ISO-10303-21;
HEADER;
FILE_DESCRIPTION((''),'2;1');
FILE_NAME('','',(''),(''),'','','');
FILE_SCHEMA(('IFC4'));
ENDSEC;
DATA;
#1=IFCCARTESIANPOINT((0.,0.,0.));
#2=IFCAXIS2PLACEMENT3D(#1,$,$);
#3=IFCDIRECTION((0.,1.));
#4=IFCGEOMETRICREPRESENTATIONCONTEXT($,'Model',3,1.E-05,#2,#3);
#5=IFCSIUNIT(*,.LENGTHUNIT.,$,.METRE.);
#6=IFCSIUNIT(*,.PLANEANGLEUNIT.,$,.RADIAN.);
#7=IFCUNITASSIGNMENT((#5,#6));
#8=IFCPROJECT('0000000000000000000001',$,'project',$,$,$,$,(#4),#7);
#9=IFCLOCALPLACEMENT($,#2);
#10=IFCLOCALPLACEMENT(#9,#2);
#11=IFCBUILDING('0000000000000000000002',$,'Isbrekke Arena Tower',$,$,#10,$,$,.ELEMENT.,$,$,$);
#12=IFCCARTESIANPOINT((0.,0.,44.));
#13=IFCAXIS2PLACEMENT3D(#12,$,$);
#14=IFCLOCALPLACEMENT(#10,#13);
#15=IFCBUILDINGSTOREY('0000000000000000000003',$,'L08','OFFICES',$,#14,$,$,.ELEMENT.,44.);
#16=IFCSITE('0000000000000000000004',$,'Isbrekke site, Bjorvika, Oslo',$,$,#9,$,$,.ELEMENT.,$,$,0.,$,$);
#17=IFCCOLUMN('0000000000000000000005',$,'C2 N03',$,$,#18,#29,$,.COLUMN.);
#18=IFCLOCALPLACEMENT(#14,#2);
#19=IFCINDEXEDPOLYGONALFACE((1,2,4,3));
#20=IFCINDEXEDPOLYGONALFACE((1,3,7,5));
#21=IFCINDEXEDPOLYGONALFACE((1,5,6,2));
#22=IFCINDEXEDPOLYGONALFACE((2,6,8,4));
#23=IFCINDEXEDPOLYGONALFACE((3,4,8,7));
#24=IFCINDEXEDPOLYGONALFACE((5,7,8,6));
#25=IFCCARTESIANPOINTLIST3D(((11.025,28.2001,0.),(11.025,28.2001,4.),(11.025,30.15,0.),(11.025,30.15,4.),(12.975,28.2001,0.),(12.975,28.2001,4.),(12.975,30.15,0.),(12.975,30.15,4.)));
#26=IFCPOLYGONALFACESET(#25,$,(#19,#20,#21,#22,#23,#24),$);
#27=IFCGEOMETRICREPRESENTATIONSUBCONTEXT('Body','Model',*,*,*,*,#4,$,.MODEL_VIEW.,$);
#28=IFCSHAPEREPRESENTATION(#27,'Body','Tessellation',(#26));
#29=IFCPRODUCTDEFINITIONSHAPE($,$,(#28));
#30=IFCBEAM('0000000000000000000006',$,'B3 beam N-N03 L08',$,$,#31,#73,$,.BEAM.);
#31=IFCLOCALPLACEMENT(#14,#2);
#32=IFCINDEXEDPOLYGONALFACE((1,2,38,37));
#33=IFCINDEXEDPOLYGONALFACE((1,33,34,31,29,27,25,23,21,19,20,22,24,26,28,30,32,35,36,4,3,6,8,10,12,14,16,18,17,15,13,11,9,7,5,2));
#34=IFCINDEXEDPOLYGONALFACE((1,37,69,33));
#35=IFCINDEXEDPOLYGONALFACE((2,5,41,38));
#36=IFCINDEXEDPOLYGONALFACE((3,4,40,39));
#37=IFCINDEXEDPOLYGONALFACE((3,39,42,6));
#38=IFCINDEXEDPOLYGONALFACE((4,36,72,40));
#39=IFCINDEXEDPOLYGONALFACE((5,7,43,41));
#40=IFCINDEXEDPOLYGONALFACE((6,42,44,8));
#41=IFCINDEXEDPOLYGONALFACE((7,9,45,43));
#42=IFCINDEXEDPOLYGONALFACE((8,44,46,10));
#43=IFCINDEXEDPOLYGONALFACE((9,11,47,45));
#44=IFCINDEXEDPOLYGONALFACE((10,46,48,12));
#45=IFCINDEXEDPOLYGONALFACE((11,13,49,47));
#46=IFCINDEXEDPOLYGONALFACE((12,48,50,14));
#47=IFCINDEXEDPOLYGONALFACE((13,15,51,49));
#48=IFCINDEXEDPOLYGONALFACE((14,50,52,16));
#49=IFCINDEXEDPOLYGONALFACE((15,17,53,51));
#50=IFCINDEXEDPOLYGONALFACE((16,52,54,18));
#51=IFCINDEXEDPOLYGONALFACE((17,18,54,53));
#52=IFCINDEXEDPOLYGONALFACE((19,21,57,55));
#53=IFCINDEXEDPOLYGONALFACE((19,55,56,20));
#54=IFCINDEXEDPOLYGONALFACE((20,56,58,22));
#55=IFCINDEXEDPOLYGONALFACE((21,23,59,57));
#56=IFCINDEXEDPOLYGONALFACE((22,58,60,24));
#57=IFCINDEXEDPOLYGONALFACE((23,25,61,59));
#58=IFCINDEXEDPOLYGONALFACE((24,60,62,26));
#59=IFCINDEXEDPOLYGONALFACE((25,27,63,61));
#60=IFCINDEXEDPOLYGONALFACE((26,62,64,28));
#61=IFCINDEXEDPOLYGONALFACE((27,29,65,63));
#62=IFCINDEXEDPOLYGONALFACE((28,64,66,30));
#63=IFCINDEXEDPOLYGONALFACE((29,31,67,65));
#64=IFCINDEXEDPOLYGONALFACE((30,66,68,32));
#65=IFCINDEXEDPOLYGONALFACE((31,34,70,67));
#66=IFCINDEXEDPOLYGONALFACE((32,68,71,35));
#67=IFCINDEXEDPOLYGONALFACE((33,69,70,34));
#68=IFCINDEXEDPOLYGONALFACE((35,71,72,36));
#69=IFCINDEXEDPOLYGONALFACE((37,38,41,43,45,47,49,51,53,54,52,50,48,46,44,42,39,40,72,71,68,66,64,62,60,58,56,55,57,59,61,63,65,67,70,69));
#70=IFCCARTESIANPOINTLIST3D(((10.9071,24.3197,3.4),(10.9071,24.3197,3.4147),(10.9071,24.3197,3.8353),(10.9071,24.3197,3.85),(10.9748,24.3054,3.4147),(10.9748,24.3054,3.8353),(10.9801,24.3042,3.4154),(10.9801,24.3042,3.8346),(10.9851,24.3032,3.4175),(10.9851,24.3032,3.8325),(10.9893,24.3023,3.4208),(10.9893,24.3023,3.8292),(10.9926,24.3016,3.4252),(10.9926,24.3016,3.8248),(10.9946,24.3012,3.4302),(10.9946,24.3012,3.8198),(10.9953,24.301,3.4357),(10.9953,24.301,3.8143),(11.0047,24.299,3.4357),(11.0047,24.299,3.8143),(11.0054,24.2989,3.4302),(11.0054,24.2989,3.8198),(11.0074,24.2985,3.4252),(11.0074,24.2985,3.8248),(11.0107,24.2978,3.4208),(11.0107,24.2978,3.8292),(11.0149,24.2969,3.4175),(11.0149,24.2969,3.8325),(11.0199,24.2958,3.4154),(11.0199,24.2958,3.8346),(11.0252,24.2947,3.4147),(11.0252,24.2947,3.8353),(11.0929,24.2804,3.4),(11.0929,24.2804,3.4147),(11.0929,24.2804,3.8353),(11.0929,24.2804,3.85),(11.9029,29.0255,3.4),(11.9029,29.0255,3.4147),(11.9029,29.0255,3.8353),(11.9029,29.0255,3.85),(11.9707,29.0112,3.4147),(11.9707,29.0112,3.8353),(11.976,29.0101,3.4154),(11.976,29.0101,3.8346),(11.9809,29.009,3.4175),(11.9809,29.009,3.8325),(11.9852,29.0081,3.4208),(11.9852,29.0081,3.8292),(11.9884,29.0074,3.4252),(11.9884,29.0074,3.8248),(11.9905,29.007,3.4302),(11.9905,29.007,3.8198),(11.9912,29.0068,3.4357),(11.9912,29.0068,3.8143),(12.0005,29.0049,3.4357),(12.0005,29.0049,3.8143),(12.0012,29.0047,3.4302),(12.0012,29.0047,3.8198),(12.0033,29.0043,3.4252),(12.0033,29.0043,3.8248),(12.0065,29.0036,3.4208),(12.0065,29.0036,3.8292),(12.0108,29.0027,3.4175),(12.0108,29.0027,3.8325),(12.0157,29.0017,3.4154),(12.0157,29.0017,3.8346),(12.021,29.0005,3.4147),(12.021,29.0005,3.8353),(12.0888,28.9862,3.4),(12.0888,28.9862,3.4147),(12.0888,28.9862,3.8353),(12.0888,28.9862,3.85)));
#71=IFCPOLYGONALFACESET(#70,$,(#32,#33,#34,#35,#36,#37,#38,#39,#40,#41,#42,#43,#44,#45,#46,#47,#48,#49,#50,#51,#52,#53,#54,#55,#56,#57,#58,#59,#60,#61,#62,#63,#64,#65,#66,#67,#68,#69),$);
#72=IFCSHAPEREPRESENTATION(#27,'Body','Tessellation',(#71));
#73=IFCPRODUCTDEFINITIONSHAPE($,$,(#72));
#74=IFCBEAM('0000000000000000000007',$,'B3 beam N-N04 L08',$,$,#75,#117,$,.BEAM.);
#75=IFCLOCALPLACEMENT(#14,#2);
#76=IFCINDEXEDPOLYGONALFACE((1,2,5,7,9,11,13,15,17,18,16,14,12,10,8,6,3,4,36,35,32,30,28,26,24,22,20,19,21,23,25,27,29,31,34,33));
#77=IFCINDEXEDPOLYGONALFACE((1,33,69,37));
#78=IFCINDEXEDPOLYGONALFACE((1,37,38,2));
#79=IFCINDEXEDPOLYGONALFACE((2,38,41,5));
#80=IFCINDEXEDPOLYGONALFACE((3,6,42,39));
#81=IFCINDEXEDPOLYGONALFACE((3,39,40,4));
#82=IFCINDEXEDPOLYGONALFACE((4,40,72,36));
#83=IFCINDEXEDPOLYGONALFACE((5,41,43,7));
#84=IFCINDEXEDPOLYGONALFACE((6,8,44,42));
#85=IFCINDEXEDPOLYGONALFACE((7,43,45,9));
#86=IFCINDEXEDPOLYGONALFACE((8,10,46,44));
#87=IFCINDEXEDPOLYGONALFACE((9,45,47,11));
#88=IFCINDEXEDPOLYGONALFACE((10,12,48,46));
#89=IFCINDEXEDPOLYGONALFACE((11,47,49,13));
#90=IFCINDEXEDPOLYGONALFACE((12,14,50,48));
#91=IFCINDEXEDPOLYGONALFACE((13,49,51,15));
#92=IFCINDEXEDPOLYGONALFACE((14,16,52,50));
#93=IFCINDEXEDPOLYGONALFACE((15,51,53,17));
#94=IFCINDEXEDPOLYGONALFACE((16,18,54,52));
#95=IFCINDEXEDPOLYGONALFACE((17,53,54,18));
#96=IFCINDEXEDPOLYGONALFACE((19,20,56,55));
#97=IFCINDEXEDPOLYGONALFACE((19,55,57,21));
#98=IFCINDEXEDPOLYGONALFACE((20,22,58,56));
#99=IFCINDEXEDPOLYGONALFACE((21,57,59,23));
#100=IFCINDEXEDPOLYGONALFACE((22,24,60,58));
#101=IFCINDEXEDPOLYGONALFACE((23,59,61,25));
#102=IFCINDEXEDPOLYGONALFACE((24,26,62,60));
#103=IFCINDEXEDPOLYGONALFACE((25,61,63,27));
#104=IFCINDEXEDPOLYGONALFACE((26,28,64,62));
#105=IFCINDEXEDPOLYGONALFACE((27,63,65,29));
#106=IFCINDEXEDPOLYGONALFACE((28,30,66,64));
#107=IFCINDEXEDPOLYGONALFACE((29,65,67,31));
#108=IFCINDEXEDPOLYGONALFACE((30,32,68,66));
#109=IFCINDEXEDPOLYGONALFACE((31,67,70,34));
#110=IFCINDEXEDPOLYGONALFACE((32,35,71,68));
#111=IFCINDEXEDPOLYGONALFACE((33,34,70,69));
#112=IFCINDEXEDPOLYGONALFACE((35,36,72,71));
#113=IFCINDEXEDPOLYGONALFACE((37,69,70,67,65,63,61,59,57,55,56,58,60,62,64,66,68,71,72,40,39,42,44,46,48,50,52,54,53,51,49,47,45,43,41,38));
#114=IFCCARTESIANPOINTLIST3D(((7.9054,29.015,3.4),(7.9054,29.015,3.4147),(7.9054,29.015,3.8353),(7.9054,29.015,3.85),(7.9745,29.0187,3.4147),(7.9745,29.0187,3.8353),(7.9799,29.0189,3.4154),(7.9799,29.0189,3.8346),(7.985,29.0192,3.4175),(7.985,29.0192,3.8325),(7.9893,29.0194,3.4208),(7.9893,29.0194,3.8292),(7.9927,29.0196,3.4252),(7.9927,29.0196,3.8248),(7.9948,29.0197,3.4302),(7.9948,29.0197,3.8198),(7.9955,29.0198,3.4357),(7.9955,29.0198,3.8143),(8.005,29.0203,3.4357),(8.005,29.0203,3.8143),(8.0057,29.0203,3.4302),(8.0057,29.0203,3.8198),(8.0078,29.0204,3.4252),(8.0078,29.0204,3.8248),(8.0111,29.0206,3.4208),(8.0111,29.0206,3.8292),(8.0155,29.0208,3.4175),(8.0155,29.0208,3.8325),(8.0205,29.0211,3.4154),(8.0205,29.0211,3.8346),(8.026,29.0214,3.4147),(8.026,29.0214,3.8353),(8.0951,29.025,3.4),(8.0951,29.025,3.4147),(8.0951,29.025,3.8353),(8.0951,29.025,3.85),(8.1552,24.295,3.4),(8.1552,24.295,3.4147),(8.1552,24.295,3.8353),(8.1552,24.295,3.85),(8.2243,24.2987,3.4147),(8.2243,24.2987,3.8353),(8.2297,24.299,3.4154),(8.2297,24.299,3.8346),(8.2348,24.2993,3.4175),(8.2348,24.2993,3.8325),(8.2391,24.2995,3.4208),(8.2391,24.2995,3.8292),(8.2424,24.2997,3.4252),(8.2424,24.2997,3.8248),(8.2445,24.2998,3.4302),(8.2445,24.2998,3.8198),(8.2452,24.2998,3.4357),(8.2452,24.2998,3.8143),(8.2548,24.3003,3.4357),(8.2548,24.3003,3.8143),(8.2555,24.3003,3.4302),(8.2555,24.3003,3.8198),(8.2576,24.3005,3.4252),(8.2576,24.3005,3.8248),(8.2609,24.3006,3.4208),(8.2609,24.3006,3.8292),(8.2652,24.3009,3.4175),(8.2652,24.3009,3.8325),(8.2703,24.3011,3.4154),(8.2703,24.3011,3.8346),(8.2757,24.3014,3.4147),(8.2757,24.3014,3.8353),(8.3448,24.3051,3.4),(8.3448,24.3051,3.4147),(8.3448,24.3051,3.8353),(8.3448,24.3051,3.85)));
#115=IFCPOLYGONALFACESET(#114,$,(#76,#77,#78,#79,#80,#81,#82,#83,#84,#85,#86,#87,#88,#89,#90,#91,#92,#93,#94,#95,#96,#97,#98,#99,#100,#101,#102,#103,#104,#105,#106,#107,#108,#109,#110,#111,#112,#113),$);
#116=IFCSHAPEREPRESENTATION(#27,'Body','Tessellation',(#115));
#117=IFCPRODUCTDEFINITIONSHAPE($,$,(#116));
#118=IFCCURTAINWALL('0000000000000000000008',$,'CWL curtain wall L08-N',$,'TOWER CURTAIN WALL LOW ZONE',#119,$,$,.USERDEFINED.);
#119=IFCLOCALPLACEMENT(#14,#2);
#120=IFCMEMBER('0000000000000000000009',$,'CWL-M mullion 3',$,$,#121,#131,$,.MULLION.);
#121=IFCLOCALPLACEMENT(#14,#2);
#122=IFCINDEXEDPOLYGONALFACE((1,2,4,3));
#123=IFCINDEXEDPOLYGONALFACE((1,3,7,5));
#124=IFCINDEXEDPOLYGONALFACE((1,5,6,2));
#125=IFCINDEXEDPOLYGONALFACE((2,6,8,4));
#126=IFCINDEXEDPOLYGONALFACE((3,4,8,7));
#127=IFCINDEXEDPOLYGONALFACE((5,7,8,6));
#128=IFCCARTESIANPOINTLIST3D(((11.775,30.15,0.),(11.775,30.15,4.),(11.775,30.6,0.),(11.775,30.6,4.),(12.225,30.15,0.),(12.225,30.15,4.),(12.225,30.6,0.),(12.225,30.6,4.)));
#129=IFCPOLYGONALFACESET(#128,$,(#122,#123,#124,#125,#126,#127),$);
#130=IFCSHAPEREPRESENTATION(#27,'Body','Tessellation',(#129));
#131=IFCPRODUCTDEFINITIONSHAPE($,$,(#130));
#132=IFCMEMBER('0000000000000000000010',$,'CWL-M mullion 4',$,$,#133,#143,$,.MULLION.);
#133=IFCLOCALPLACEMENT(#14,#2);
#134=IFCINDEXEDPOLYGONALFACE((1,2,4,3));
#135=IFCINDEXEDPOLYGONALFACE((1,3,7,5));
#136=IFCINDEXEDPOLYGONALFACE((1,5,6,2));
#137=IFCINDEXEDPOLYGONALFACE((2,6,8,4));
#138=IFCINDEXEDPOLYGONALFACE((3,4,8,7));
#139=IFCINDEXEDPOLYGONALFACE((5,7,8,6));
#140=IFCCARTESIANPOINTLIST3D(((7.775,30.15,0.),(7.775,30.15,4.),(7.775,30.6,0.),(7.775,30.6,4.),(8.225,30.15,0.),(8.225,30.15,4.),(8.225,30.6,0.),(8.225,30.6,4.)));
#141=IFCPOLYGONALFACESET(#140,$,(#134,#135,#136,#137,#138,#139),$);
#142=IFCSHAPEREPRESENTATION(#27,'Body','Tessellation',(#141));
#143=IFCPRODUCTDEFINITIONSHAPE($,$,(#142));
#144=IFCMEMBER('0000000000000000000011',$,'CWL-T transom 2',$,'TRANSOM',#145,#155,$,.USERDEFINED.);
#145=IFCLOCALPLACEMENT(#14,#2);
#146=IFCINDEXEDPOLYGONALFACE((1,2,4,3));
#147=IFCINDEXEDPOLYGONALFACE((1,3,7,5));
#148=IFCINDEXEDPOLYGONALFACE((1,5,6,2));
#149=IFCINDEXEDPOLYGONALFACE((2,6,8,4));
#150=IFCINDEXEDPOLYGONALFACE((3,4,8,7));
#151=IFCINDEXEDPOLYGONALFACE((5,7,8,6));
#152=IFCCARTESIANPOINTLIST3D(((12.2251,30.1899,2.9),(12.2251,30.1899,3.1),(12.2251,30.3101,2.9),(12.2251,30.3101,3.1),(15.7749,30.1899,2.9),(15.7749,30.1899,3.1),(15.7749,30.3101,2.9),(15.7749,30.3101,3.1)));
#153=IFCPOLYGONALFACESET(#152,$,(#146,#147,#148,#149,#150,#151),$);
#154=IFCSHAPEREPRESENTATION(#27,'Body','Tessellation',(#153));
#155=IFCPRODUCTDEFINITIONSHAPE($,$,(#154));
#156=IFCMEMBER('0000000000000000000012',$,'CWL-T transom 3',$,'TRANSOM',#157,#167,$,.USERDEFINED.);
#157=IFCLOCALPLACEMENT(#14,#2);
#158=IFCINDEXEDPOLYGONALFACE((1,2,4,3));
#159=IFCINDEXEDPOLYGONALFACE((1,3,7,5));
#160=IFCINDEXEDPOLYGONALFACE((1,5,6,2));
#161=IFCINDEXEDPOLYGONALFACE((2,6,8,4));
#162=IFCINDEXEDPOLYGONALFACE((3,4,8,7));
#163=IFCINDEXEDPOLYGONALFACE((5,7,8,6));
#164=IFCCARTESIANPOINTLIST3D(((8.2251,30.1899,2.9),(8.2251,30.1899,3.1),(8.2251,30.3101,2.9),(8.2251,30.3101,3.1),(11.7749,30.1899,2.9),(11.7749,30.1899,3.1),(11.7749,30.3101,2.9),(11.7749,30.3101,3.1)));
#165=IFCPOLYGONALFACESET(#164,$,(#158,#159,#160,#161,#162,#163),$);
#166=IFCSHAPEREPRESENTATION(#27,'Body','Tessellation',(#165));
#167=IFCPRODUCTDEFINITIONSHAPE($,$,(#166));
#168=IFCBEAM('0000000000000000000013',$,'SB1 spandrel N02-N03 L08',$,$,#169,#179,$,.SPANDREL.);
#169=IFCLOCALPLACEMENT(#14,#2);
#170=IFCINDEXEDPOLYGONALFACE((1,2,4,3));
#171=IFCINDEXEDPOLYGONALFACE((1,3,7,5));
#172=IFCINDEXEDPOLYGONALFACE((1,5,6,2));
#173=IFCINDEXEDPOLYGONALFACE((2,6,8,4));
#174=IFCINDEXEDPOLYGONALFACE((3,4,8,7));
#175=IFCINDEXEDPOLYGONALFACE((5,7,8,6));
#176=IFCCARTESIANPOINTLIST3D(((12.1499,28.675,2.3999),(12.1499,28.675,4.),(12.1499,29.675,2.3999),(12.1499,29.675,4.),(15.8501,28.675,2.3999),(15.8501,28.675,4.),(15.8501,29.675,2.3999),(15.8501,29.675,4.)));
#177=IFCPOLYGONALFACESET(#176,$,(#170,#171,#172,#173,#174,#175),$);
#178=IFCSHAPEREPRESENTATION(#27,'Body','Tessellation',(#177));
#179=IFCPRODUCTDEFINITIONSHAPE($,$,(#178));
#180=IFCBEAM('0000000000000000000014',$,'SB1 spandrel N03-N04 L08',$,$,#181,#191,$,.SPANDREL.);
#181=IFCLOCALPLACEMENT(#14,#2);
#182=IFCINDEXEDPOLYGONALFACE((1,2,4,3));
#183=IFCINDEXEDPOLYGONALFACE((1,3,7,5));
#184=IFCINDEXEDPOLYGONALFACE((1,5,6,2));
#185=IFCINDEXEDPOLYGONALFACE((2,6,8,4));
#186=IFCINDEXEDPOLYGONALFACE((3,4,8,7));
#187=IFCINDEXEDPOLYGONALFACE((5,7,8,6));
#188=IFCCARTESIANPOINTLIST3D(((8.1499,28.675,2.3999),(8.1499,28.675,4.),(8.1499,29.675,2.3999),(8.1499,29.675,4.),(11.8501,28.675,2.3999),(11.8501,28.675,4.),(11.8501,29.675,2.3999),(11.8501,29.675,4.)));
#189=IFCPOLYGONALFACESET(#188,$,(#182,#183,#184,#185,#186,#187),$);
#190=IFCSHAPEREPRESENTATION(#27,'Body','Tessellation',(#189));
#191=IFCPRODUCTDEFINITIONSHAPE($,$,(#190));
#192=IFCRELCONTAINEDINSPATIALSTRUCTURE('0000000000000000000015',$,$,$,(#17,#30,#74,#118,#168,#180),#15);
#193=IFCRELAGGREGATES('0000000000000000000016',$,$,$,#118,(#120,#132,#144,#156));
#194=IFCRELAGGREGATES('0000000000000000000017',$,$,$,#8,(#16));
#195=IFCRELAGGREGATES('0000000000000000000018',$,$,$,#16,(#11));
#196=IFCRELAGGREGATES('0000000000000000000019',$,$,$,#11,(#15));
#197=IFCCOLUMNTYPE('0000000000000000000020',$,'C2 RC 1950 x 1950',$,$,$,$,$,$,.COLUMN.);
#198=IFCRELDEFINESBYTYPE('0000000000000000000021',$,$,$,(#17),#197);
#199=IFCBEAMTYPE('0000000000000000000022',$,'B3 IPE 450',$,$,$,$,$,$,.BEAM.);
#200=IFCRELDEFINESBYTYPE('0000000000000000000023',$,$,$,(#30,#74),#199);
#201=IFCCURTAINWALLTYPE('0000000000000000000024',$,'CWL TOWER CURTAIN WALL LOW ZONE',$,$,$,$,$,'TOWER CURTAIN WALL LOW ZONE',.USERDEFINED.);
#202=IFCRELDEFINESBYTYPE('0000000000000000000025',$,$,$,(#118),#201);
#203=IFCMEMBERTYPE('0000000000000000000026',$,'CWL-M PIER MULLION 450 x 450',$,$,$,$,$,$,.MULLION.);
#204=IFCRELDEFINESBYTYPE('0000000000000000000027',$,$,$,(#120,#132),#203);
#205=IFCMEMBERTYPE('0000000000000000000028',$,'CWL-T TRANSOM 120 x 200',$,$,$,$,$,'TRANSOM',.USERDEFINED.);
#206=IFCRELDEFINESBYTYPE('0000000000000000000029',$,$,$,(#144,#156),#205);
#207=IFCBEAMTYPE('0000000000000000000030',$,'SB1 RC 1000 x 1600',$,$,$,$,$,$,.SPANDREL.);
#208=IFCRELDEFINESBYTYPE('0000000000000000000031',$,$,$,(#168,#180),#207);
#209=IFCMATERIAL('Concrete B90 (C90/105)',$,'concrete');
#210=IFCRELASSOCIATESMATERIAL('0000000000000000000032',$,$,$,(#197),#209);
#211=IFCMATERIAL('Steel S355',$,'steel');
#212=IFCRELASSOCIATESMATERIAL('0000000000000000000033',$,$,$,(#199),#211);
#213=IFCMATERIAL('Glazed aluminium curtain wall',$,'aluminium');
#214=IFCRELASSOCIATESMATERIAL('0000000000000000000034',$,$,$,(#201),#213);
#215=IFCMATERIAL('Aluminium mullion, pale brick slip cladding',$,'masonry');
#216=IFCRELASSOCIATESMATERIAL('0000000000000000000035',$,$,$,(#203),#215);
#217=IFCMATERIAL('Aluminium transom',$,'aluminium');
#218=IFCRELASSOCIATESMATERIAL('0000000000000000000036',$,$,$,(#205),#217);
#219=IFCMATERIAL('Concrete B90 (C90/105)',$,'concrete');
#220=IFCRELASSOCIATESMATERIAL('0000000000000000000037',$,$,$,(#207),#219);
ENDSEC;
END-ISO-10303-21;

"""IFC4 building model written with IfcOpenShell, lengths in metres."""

from ifc_helpers import new_model, si_unit, direction, frame, origin, origin_2d, place, context, subcontext, project, spatial, rectangle, i_section, extrude, material, material_profile, profile_set, type_object, element, aggregate, save


model = new_model("IFC4")

# Units and contexts
model_context = context("Model", 3, precision=1e-05, world=origin(), true_north=direction((0.0, 1.0)))
body_context = subcontext(model_context, "Body", "Model", "MODEL_VIEW")
ifc_project = project(units=[si_unit("LENGTHUNIT", "METRE"), si_unit("PLANEANGLEUNIT", "RADIAN")], contexts=[model_context])

# Site, building, storey
site_placement = place(None, origin())
site = spatial("IfcSite", under=ifc_project, at=site_placement, Name="Isbrekke site, Bjorvika, Oslo", CompositionType="ELEMENT", RefElevation=0.0)
building_placement = place(site_placement, origin())
building = spatial("IfcBuilding", under=site, at=building_placement, Name="Isbrekke Arena Tower", CompositionType="ELEMENT")
storey_placement = place(building_placement, frame((0.0, 0.0, 44.0)))
storey = spatial("IfcBuildingStorey", under=building, at=storey_placement, Name="L08", Description="OFFICES", CompositionType="ELEMENT", Elevation=44.0)

# Column
ifc_material_1 = material(Name="Concrete B90 (C90/105)", Category="concrete")
ifc_material_profile_1 = material_profile(ifc_material_1, rectangle(XDim=1.95, YDim=1.95, at=origin_2d()), Name="RC 1950x1950")
ifc_profile_set_1 = profile_set([ifc_material_profile_1], Name="Concrete B90 (C90/105)")
column_type = type_object("IfcColumnType", Name="C2 RC 1950 x 1950", PredefinedType="COLUMN", material=ifc_profile_set_1)
column_placement = place(storey_placement, frame((12.0, 29.175, 0.0), z_axis=(0.0, 0.0, 1.0), x_axis=(-1.0, 0.0, 0.0)))
element("IfcColumn", 1, at=column_placement, inside=storey, type_object=column_type, Name="C2 N03", PredefinedType="COLUMN", context=body_context, shape_type="SweptSolid", body=[
    extrude(rectangle(XDim=1.95, YDim=1.95, at=origin_2d()), origin(), (0.0, 0.0, 1.0), 4.0),
])

# Beams
ifc_material_2 = material(Name="Steel S355", Category="steel")
ifc_material_profile_2 = material_profile(ifc_material_2, i_section(OverallWidth=0.1899, OverallDepth=0.45, WebThickness=0.0095, FlangeThickness=0.0146, FilletRadius=0.021, at=origin_2d()), Name="IPE 450")
ifc_profile_set_2 = profile_set([ifc_material_profile_2], Name="Steel S355")
beam_type_1 = type_object("IfcBeamType", Name="B3 IPE 450", PredefinedType="BEAM", material=ifc_profile_set_2)
beam_1_placement = place(storey_placement, frame((11.9958, 29.0059, 3.625), z_axis=(-0.207036, -0.978333, 0.0), x_axis=(0.978333, -0.207036, 0.0)))
element("IfcBeam", 2, at=beam_1_placement, inside=storey, type_object=beam_type_1, Name="B3 beam N-N03 L08", PredefinedType="BEAM", context=body_context, shape_type="SweptSolid", body=[
    extrude(i_section(OverallWidth=0.1899, OverallDepth=0.45, WebThickness=0.0095, FlangeThickness=0.0146, FilletRadius=0.021, at=origin_2d()), origin(), (0.0, 0.0, 1.0), 4.8101),
])
beam_2_placement = place(storey_placement, frame((8.0002, 29.02, 3.625), z_axis=(0.052841, -0.998603, 0.0), x_axis=(0.998603, 0.052841, 0.0)))
element("IfcBeam", 3, at=beam_2_placement, inside=storey, type_object=beam_type_1, Name="B3 beam N-N04 L08", PredefinedType="BEAM", context=body_context, shape_type="SweptSolid", body=[
    extrude(i_section(OverallWidth=0.1899, OverallDepth=0.45, WebThickness=0.0095, FlangeThickness=0.0146, FilletRadius=0.021, at=origin_2d()), origin(), (0.0, 0.0, 1.0), 4.7266),
])

# Curtain wall, members
ifc_material_3 = material(Name="Glazed aluminium curtain wall", Category="aluminium")
curtain_wall_type = type_object("IfcCurtainWallType", Name="CWL TOWER CURTAIN WALL LOW ZONE", ElementType="TOWER CURTAIN WALL LOW ZONE", PredefinedType="USERDEFINED", material=ifc_material_3)
curtain_wall_placement = place(storey_placement, origin())
curtain_wall = element("IfcCurtainWall", 4, at=curtain_wall_placement, inside=storey, type_object=curtain_wall_type, Name="CWL curtain wall L08-N", ObjectType="TOWER CURTAIN WALL LOW ZONE", PredefinedType="USERDEFINED")
ifc_material_4 = material(Name="Aluminium mullion, pale brick slip cladding", Category="masonry")
ifc_material_profile_3 = material_profile(ifc_material_4, rectangle(XDim=0.45, YDim=0.45, at=origin_2d()), Name="PIER 450X450")
ifc_profile_set_3 = profile_set([ifc_material_profile_3], Name="Aluminium mullion, pale brick slip cladding")
member_type_1 = type_object("IfcMemberType", Name="CWL-M PIER MULLION 450 x 450", PredefinedType="MULLION", material=ifc_profile_set_3)
member_1_placement = place(storey_placement, frame((12.0, 30.375, 0.0), z_axis=(0.0, 0.0, 1.0), x_axis=(-1.0, 0.0, 0.0)))
member_1 = element("IfcMember", 5, at=member_1_placement, type_object=member_type_1, Name="CWL-M mullion 3", PredefinedType="MULLION", context=body_context, shape_type="SweptSolid", body=[
    extrude(rectangle(XDim=0.45, YDim=0.45, at=origin_2d()), origin(), (0.0, 0.0, 1.0), 4.0),
])
member_2_placement = place(storey_placement, frame((8.0, 30.375, 0.0), z_axis=(0.0, 0.0, 1.0), x_axis=(-1.0, 0.0, 0.0)))
member_2 = element("IfcMember", 6, at=member_2_placement, type_object=member_type_1, Name="CWL-M mullion 4", PredefinedType="MULLION", context=body_context, shape_type="SweptSolid", body=[
    extrude(rectangle(XDim=0.45, YDim=0.45, at=origin_2d()), origin(), (0.0, 0.0, 1.0), 4.0),
])
ifc_material_5 = material(Name="Aluminium transom", Category="aluminium")
ifc_material_profile_4 = material_profile(ifc_material_5, rectangle(XDim=0.1201, YDim=0.2, at=origin_2d()), Name="TRANSOM 120X200")
ifc_profile_set_4 = profile_set([ifc_material_profile_4], Name="Aluminium transom")
member_type_2 = type_object("IfcMemberType", Name="CWL-T TRANSOM 120 x 200", ElementType="TRANSOM", PredefinedType="USERDEFINED", material=ifc_profile_set_4)
member_3_placement = place(storey_placement, frame((15.7749, 30.25, 3.0), z_axis=(-1.0, 0.0, 0.0), x_axis=(0.0, -1.0, 0.0)))
member_3 = element("IfcMember", 7, at=member_3_placement, type_object=member_type_2, Name="CWL-T transom 2", ObjectType="TRANSOM", PredefinedType="USERDEFINED", context=body_context, shape_type="SweptSolid", body=[
    extrude(rectangle(XDim=0.1201, YDim=0.2, at=origin_2d()), origin(), (0.0, 0.0, 1.0), 3.5498),
])
member_4_placement = place(storey_placement, frame((11.7749, 30.25, 3.0), z_axis=(-1.0, 0.0, 0.0), x_axis=(0.0, -1.0, 0.0)))
member_4 = element("IfcMember", 8, at=member_4_placement, type_object=member_type_2, Name="CWL-T transom 3", ObjectType="TRANSOM", PredefinedType="USERDEFINED", context=body_context, shape_type="SweptSolid", body=[
    extrude(rectangle(XDim=0.1201, YDim=0.2, at=origin_2d()), origin(), (0.0, 0.0, 1.0), 3.5498),
])

# Beams
ifc_material_6 = material(Name="Concrete B90 (C90/105)", Category="concrete")
ifc_material_profile_5 = material_profile(ifc_material_6, rectangle(XDim=1.0, YDim=1.6001, at=origin_2d()), Name="RC 1000x1600")
ifc_profile_set_5 = profile_set([ifc_material_profile_5], Name="Concrete B90 (C90/105)")
beam_type_2 = type_object("IfcBeamType", Name="SB1 RC 1000 x 1600", PredefinedType="SPANDREL", material=ifc_profile_set_5)
for number, where, z_axis, x_axis, name in (
    (9, (15.8501, 29.175, 3.2), (-1.0, 0.0, 0.0), (0.0, -1.0, 0.0), "SB1 spandrel N02-N03 L08"),
    (10, (11.8501, 29.175, 3.2), (-1.0, 0.0, 0.0), (0.0, -1.0, 0.0), "SB1 spandrel N03-N04 L08"),
):
    element("IfcBeam", number, at=place(storey_placement, frame(where, z_axis=z_axis, x_axis=x_axis)), inside=storey, type_object=beam_type_2, Name=name, PredefinedType="SPANDREL", context=body_context, shape_type="SweptSolid", body=[
        extrude(rectangle(XDim=1.0, YDim=1.6001, at=origin_2d()), origin(), (0.0, 0.0, 1.0), 3.7002),
    ])

aggregate(curtain_wall, [member_1, member_2, member_3, member_4])

save(model, "model.ifc")
